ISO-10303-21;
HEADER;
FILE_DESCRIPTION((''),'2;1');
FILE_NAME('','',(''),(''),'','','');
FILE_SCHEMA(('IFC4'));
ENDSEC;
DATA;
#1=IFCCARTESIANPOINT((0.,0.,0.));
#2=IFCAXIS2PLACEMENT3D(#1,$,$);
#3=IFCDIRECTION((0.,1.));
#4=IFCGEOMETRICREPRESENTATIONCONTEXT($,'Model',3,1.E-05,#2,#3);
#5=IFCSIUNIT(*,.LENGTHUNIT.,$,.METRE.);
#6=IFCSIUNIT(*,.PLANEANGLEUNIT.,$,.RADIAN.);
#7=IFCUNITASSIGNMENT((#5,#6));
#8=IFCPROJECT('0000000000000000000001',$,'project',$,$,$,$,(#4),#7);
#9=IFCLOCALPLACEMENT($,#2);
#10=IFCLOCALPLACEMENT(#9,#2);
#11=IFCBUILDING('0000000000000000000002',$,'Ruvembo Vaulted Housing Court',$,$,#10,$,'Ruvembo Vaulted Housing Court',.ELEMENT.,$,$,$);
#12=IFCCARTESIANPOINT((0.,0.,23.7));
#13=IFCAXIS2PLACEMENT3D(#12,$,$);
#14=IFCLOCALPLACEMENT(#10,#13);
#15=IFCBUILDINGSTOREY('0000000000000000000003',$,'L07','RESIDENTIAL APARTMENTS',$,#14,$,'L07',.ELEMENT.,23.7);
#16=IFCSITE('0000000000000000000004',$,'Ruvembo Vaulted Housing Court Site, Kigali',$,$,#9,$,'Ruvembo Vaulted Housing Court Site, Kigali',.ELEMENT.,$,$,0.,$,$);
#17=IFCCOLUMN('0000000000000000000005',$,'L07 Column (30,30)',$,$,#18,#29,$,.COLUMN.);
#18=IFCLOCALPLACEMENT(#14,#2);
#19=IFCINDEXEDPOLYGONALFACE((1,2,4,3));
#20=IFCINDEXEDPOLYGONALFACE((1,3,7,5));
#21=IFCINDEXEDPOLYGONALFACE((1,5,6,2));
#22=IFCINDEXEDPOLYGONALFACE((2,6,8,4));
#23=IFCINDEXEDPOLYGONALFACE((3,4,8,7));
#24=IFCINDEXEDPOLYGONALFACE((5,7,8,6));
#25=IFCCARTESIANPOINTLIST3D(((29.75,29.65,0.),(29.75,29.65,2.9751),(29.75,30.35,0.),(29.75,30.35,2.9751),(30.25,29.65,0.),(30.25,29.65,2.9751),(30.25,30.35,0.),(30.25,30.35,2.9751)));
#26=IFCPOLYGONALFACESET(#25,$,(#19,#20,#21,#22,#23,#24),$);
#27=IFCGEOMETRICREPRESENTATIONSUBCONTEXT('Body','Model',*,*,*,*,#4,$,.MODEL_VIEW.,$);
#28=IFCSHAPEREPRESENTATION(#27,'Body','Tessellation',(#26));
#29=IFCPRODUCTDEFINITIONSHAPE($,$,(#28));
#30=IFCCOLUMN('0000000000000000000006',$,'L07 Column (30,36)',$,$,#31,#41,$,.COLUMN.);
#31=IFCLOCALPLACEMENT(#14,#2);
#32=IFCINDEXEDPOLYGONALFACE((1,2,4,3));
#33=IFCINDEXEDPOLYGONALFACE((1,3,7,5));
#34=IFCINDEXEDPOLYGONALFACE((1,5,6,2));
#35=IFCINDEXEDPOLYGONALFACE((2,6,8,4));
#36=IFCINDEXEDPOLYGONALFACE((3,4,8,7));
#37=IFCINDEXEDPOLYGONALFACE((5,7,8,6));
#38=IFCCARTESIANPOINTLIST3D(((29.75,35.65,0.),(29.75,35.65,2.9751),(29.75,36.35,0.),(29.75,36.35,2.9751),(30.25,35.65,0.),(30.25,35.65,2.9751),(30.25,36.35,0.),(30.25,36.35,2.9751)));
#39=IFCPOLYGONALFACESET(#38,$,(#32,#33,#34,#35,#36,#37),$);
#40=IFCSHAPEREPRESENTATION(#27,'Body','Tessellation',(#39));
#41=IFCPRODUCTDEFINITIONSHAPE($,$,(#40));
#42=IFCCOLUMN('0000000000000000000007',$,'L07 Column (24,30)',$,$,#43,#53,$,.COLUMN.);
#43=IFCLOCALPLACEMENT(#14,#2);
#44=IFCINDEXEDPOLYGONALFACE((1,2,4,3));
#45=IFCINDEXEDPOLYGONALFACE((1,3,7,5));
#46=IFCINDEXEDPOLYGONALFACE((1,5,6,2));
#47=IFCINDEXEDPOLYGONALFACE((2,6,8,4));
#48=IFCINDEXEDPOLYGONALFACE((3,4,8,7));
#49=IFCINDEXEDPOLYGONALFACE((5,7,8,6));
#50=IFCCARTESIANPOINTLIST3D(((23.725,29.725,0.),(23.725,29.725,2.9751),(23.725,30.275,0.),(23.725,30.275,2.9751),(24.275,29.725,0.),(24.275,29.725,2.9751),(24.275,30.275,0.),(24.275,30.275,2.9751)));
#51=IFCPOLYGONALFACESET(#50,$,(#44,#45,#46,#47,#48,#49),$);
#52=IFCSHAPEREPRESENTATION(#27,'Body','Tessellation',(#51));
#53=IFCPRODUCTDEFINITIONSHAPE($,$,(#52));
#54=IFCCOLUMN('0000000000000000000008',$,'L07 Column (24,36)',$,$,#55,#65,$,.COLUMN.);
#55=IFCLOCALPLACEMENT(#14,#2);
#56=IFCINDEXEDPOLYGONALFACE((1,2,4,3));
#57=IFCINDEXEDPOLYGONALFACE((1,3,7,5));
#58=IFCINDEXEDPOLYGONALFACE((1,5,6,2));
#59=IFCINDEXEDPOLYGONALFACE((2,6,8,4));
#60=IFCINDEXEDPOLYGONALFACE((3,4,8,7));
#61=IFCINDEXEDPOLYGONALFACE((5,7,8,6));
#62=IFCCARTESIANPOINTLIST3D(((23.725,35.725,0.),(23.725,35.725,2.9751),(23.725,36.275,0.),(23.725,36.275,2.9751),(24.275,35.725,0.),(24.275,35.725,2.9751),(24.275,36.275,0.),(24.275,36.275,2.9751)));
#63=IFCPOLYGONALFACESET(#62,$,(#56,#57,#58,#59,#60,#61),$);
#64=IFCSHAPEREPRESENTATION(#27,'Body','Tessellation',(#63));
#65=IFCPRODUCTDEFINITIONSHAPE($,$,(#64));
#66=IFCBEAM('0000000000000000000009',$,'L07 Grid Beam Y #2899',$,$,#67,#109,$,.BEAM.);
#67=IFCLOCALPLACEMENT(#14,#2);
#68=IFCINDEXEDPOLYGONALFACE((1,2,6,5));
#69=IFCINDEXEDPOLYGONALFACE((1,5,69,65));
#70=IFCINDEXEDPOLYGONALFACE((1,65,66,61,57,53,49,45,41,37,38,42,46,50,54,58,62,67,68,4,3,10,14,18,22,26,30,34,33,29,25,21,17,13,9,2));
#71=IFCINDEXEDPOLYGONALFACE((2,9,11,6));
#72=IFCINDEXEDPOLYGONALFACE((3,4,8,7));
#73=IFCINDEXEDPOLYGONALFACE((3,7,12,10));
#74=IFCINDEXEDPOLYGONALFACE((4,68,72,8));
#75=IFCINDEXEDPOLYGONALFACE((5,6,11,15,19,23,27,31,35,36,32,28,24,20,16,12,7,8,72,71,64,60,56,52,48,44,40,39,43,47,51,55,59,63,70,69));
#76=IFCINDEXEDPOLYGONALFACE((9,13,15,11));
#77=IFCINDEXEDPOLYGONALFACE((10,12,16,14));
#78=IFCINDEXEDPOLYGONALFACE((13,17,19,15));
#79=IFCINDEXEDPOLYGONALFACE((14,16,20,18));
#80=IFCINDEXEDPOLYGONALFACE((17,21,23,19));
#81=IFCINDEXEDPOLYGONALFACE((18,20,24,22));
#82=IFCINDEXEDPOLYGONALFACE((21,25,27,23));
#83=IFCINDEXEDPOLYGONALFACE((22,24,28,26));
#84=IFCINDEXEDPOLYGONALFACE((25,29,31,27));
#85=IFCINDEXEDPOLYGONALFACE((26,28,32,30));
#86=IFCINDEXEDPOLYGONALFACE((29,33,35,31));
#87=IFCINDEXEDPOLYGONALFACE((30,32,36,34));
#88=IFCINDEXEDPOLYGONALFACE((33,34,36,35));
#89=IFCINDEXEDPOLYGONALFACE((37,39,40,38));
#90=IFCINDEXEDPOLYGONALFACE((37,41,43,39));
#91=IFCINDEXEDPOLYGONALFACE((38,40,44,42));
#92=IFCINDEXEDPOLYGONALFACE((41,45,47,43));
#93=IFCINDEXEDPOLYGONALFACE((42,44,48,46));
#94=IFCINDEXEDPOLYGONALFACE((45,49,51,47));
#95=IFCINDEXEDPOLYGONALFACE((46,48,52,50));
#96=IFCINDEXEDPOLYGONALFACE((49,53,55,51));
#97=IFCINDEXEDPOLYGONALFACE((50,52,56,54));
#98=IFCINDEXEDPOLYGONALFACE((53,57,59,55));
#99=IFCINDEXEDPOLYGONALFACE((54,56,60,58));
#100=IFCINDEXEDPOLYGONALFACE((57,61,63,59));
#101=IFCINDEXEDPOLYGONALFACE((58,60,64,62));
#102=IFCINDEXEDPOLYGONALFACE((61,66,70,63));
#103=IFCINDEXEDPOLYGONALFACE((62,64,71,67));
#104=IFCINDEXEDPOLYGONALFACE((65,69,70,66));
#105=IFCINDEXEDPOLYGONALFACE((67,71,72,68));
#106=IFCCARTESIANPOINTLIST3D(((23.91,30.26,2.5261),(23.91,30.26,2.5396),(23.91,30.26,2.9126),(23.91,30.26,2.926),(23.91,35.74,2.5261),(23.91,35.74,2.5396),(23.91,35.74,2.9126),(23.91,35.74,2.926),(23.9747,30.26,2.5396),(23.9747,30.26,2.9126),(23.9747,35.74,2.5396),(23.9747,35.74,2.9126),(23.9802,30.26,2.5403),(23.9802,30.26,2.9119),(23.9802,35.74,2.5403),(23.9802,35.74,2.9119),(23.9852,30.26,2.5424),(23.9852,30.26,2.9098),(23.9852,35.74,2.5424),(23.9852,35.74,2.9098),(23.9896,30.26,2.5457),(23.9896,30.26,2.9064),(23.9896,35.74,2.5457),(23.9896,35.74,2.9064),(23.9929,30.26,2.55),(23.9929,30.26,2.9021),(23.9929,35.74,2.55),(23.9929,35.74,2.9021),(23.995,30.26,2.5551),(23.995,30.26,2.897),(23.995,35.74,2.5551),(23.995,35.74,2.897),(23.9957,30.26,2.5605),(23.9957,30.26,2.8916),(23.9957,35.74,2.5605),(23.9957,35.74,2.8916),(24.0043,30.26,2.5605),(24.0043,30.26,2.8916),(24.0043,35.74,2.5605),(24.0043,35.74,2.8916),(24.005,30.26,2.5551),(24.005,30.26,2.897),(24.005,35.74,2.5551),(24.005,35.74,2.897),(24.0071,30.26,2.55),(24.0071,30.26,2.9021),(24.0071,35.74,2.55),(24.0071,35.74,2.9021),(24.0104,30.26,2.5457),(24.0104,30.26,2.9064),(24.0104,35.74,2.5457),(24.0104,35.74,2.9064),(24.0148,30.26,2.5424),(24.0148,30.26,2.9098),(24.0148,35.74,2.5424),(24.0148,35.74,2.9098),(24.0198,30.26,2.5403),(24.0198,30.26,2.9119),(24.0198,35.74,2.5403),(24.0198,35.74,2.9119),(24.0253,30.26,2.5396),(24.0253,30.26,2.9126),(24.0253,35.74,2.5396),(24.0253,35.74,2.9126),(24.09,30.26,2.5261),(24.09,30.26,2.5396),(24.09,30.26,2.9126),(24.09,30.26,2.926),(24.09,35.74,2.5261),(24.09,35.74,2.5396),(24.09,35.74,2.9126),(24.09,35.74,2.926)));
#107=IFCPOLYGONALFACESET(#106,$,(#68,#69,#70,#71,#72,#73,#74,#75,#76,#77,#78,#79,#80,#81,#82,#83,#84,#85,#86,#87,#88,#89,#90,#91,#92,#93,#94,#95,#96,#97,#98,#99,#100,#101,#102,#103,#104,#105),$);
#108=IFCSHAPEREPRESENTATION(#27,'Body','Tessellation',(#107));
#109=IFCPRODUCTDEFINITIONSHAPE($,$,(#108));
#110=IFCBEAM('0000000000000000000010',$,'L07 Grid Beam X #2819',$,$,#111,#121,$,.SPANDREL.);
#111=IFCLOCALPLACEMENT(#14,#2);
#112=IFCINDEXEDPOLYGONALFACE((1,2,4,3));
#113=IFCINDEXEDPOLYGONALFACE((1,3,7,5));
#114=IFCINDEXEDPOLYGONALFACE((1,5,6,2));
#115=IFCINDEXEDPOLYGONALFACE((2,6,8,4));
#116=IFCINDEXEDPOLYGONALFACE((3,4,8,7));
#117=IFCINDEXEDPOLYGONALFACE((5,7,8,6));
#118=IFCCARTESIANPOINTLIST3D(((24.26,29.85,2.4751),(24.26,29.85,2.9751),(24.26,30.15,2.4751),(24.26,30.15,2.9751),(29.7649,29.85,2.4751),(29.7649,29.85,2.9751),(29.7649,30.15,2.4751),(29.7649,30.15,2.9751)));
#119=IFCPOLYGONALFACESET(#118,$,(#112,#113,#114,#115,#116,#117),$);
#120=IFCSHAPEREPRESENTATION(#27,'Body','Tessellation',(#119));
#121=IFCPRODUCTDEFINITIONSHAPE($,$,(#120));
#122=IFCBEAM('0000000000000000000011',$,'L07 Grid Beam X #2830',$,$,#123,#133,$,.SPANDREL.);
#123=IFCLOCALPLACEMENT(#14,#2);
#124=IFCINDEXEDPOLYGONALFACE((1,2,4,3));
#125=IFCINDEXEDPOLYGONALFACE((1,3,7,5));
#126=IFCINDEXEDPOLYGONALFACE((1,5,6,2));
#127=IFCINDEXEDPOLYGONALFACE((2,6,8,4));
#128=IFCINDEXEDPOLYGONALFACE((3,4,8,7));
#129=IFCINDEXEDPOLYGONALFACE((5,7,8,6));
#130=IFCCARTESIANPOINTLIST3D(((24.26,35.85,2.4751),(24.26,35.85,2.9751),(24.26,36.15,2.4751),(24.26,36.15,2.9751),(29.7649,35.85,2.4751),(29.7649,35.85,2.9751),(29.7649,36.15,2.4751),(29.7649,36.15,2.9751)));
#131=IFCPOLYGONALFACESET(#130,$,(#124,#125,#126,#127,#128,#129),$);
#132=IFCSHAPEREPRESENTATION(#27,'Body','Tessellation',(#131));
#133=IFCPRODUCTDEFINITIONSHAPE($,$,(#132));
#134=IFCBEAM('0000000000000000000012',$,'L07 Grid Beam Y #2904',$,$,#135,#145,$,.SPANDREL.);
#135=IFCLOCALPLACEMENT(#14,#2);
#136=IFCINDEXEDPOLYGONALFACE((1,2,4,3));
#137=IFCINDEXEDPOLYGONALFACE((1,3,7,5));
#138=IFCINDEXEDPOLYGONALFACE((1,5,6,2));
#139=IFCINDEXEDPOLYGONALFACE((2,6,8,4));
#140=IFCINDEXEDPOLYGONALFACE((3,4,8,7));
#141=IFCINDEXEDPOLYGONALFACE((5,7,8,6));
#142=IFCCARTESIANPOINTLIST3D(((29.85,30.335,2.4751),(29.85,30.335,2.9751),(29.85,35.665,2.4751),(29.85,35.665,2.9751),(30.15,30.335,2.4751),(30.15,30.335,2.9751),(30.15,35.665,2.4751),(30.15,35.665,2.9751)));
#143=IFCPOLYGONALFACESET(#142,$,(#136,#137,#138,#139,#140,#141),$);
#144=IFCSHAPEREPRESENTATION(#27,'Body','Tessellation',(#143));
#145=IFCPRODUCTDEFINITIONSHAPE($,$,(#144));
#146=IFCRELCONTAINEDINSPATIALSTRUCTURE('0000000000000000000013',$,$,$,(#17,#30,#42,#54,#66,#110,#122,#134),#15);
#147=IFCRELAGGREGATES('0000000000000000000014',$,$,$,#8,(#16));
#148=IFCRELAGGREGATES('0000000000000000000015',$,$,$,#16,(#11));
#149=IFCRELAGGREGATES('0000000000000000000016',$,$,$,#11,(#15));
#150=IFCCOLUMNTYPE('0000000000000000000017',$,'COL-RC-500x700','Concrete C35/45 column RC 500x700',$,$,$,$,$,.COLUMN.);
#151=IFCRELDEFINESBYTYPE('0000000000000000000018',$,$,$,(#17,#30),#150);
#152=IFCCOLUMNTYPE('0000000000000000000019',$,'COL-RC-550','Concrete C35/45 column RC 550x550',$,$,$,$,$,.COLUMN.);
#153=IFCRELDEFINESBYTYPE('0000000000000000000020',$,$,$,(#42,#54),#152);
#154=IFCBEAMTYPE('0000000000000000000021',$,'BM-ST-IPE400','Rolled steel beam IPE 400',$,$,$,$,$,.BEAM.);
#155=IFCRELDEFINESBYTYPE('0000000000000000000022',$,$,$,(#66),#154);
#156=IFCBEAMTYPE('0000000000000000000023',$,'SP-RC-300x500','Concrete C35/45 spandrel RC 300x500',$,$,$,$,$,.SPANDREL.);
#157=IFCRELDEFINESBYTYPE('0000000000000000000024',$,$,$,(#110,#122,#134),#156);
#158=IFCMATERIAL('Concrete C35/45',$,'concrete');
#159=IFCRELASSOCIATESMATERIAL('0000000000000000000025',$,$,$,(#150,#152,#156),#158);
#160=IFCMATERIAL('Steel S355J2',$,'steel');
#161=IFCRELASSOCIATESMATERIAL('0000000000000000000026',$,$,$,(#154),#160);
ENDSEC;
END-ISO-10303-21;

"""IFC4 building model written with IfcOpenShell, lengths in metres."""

from ifc_helpers import new_model, si_unit, direction, frame, origin, origin_2d, place, context, subcontext, project, spatial, rectangle, i_section, extrude, material, material_profile, profile_set, type_object, element, save


model = new_model("IFC4")

# Units and contexts
model_context = context("Model", 3, precision=1e-05, world=origin(), true_north=direction((0.0, 1.0)))
body_context = subcontext(model_context, "Body", "Model", "MODEL_VIEW")
ifc_project = project(units=[si_unit("LENGTHUNIT", "METRE"), si_unit("PLANEANGLEUNIT", "RADIAN")], contexts=[model_context])

# Site, building, storey
site_placement = place(None, origin())
site = spatial("IfcSite", under=ifc_project, at=site_placement, Name="Ruvembo Vaulted Housing Court Site, Kigali", LongName="Ruvembo Vaulted Housing Court Site, Kigali", CompositionType="ELEMENT", RefElevation=0.0)
building_placement = place(site_placement, origin())
building = spatial("IfcBuilding", under=site, at=building_placement, Name="Ruvembo Vaulted Housing Court", LongName="Ruvembo Vaulted Housing Court", CompositionType="ELEMENT")
storey_placement = place(building_placement, frame((0.0, 0.0, 23.7)))
storey = spatial("IfcBuildingStorey", under=building, at=storey_placement, Name="L07", Description="RESIDENTIAL APARTMENTS", LongName="L07", CompositionType="ELEMENT", Elevation=23.7)

# Columns
ifc_material_1 = material(Name="Concrete C35/45", Category="concrete")
ifc_material_profile_1 = material_profile(ifc_material_1, rectangle(XDim=0.5, YDim=0.7, at=origin_2d()), Name="RC 500x700")
ifc_profile_set_1 = profile_set([ifc_material_profile_1], Name="Concrete C35/45")
column_type_1 = type_object("IfcColumnType", Name="COL-RC-500x700", Description="Concrete C35/45 column RC 500x700", PredefinedType="COLUMN", material=ifc_profile_set_1)
for number, where, z_axis, x_axis, name in (
    (1, (30.0, 30.0, 0.0), (0.0, 0.0, 1.0), (1.0, 0.0, 0.0), "L07 Column (30,30)"),
    (2, (30.0, 36.0, 0.0), (0.0, 0.0, 1.0), (1.0, 0.0, 0.0), "L07 Column (30,36)"),
):
    element("IfcColumn", number, at=place(storey_placement, frame(where, z_axis=z_axis, x_axis=x_axis)), inside=storey, type_object=column_type_1, Name=name, PredefinedType="COLUMN", context=body_context, shape_type="SweptSolid", body=[
        extrude(rectangle(XDim=0.5, YDim=0.7, at=origin_2d()), origin(), (0.0, 0.0, 1.0), 2.9751),
    ])
ifc_material_profile_2 = material_profile(ifc_material_1, rectangle(XDim=0.55, YDim=0.55, at=origin_2d()), Name="RC 550x550")
ifc_profile_set_2 = profile_set([ifc_material_profile_2], Name="Concrete C35/45")
column_type_2 = type_object("IfcColumnType", Name="COL-RC-550", Description="Concrete C35/45 column RC 550x550", PredefinedType="COLUMN", material=ifc_profile_set_2)
for number, where, z_axis, x_axis, name in (
    (3, (24.0, 30.0, 0.0), (0.0, 0.0, 1.0), (1.0, 0.0, 0.0), "L07 Column (24,30)"),
    (4, (24.0, 36.0, 0.0), (0.0, 0.0, 1.0), (1.0, 0.0, 0.0), "L07 Column (24,36)"),
):
    element("IfcColumn", number, at=place(storey_placement, frame(where, z_axis=z_axis, x_axis=x_axis)), inside=storey, type_object=column_type_2, Name=name, PredefinedType="COLUMN", context=body_context, shape_type="SweptSolid", body=[
        extrude(rectangle(XDim=0.55, YDim=0.55, at=origin_2d()), origin(), (0.0, 0.0, 1.0), 2.9751),
    ])

# Beams
ifc_material_2 = material(Name="Steel S355J2", Category="steel")
ifc_material_profile_3 = material_profile(ifc_material_2, i_section(OverallWidth=0.1799, OverallDepth=0.3999, WebThickness=0.0085, FlangeThickness=0.0134, FilletRadius=0.021, at=origin_2d()), Name="IPE 400")
ifc_profile_set_3 = profile_set([ifc_material_profile_3], Name="Steel S355J2")
beam_type_1 = type_object("IfcBeamType", Name="BM-ST-IPE400", Description="Rolled steel beam IPE 400", PredefinedType="BEAM", material=ifc_profile_set_3)
beam_1_placement = place(storey_placement, frame((24.0, 30.26, 2.7261), z_axis=(0.0, 1.0, 0.0), x_axis=(-1.0, 0.0, 0.0)))
element("IfcBeam", 5, at=beam_1_placement, inside=storey, type_object=beam_type_1, Name="L07 Grid Beam Y #2899", PredefinedType="BEAM", context=body_context, shape_type="SweptSolid", body=[
    extrude(i_section(OverallWidth=0.1799, OverallDepth=0.3999, WebThickness=0.0085, FlangeThickness=0.0134, FilletRadius=0.021, at=origin_2d()), origin(), (0.0, 0.0, 1.0), 5.48),
])
ifc_material_profile_4 = material_profile(ifc_material_1, rectangle(XDim=0.3, YDim=0.5, at=origin_2d()), Name="RC 300x500")
ifc_profile_set_4 = profile_set([ifc_material_profile_4], Name="Concrete C35/45")
beam_type_2 = type_object("IfcBeamType", Name="SP-RC-300x500", Description="Concrete C35/45 spandrel RC 300x500", PredefinedType="SPANDREL", material=ifc_profile_set_4)
for number, where, z_axis, x_axis, name in (
    (6, (24.26, 30.0, 2.7251), (1.0, 0.0, 0.0), (0.0, 1.0, 0.0), "L07 Grid Beam X #2819"),
    (7, (24.26, 36.0, 2.7251), (1.0, 0.0, 0.0), (0.0, 1.0, 0.0), "L07 Grid Beam X #2830"),
):
    element("IfcBeam", number, at=place(storey_placement, frame(where, z_axis=z_axis, x_axis=x_axis)), inside=storey, type_object=beam_type_2, Name=name, PredefinedType="SPANDREL", context=body_context, shape_type="SweptSolid", body=[
        extrude(rectangle(XDim=0.3, YDim=0.5, at=origin_2d()), origin(), (0.0, 0.0, 1.0), 5.5049),
    ])
beam_2_placement = place(storey_placement, frame((30.0, 30.335, 2.7251), z_axis=(0.0, 1.0, 0.0), x_axis=(-1.0, 0.0, 0.0)))
element("IfcBeam", 8, at=beam_2_placement, inside=storey, type_object=beam_type_2, Name="L07 Grid Beam Y #2904", PredefinedType="SPANDREL", context=body_context, shape_type="SweptSolid", body=[
    extrude(rectangle(XDim=0.3, YDim=0.5, at=origin_2d()), origin(), (0.0, 0.0, 1.0), 5.3301),
])

save(model, "model.ifc")
